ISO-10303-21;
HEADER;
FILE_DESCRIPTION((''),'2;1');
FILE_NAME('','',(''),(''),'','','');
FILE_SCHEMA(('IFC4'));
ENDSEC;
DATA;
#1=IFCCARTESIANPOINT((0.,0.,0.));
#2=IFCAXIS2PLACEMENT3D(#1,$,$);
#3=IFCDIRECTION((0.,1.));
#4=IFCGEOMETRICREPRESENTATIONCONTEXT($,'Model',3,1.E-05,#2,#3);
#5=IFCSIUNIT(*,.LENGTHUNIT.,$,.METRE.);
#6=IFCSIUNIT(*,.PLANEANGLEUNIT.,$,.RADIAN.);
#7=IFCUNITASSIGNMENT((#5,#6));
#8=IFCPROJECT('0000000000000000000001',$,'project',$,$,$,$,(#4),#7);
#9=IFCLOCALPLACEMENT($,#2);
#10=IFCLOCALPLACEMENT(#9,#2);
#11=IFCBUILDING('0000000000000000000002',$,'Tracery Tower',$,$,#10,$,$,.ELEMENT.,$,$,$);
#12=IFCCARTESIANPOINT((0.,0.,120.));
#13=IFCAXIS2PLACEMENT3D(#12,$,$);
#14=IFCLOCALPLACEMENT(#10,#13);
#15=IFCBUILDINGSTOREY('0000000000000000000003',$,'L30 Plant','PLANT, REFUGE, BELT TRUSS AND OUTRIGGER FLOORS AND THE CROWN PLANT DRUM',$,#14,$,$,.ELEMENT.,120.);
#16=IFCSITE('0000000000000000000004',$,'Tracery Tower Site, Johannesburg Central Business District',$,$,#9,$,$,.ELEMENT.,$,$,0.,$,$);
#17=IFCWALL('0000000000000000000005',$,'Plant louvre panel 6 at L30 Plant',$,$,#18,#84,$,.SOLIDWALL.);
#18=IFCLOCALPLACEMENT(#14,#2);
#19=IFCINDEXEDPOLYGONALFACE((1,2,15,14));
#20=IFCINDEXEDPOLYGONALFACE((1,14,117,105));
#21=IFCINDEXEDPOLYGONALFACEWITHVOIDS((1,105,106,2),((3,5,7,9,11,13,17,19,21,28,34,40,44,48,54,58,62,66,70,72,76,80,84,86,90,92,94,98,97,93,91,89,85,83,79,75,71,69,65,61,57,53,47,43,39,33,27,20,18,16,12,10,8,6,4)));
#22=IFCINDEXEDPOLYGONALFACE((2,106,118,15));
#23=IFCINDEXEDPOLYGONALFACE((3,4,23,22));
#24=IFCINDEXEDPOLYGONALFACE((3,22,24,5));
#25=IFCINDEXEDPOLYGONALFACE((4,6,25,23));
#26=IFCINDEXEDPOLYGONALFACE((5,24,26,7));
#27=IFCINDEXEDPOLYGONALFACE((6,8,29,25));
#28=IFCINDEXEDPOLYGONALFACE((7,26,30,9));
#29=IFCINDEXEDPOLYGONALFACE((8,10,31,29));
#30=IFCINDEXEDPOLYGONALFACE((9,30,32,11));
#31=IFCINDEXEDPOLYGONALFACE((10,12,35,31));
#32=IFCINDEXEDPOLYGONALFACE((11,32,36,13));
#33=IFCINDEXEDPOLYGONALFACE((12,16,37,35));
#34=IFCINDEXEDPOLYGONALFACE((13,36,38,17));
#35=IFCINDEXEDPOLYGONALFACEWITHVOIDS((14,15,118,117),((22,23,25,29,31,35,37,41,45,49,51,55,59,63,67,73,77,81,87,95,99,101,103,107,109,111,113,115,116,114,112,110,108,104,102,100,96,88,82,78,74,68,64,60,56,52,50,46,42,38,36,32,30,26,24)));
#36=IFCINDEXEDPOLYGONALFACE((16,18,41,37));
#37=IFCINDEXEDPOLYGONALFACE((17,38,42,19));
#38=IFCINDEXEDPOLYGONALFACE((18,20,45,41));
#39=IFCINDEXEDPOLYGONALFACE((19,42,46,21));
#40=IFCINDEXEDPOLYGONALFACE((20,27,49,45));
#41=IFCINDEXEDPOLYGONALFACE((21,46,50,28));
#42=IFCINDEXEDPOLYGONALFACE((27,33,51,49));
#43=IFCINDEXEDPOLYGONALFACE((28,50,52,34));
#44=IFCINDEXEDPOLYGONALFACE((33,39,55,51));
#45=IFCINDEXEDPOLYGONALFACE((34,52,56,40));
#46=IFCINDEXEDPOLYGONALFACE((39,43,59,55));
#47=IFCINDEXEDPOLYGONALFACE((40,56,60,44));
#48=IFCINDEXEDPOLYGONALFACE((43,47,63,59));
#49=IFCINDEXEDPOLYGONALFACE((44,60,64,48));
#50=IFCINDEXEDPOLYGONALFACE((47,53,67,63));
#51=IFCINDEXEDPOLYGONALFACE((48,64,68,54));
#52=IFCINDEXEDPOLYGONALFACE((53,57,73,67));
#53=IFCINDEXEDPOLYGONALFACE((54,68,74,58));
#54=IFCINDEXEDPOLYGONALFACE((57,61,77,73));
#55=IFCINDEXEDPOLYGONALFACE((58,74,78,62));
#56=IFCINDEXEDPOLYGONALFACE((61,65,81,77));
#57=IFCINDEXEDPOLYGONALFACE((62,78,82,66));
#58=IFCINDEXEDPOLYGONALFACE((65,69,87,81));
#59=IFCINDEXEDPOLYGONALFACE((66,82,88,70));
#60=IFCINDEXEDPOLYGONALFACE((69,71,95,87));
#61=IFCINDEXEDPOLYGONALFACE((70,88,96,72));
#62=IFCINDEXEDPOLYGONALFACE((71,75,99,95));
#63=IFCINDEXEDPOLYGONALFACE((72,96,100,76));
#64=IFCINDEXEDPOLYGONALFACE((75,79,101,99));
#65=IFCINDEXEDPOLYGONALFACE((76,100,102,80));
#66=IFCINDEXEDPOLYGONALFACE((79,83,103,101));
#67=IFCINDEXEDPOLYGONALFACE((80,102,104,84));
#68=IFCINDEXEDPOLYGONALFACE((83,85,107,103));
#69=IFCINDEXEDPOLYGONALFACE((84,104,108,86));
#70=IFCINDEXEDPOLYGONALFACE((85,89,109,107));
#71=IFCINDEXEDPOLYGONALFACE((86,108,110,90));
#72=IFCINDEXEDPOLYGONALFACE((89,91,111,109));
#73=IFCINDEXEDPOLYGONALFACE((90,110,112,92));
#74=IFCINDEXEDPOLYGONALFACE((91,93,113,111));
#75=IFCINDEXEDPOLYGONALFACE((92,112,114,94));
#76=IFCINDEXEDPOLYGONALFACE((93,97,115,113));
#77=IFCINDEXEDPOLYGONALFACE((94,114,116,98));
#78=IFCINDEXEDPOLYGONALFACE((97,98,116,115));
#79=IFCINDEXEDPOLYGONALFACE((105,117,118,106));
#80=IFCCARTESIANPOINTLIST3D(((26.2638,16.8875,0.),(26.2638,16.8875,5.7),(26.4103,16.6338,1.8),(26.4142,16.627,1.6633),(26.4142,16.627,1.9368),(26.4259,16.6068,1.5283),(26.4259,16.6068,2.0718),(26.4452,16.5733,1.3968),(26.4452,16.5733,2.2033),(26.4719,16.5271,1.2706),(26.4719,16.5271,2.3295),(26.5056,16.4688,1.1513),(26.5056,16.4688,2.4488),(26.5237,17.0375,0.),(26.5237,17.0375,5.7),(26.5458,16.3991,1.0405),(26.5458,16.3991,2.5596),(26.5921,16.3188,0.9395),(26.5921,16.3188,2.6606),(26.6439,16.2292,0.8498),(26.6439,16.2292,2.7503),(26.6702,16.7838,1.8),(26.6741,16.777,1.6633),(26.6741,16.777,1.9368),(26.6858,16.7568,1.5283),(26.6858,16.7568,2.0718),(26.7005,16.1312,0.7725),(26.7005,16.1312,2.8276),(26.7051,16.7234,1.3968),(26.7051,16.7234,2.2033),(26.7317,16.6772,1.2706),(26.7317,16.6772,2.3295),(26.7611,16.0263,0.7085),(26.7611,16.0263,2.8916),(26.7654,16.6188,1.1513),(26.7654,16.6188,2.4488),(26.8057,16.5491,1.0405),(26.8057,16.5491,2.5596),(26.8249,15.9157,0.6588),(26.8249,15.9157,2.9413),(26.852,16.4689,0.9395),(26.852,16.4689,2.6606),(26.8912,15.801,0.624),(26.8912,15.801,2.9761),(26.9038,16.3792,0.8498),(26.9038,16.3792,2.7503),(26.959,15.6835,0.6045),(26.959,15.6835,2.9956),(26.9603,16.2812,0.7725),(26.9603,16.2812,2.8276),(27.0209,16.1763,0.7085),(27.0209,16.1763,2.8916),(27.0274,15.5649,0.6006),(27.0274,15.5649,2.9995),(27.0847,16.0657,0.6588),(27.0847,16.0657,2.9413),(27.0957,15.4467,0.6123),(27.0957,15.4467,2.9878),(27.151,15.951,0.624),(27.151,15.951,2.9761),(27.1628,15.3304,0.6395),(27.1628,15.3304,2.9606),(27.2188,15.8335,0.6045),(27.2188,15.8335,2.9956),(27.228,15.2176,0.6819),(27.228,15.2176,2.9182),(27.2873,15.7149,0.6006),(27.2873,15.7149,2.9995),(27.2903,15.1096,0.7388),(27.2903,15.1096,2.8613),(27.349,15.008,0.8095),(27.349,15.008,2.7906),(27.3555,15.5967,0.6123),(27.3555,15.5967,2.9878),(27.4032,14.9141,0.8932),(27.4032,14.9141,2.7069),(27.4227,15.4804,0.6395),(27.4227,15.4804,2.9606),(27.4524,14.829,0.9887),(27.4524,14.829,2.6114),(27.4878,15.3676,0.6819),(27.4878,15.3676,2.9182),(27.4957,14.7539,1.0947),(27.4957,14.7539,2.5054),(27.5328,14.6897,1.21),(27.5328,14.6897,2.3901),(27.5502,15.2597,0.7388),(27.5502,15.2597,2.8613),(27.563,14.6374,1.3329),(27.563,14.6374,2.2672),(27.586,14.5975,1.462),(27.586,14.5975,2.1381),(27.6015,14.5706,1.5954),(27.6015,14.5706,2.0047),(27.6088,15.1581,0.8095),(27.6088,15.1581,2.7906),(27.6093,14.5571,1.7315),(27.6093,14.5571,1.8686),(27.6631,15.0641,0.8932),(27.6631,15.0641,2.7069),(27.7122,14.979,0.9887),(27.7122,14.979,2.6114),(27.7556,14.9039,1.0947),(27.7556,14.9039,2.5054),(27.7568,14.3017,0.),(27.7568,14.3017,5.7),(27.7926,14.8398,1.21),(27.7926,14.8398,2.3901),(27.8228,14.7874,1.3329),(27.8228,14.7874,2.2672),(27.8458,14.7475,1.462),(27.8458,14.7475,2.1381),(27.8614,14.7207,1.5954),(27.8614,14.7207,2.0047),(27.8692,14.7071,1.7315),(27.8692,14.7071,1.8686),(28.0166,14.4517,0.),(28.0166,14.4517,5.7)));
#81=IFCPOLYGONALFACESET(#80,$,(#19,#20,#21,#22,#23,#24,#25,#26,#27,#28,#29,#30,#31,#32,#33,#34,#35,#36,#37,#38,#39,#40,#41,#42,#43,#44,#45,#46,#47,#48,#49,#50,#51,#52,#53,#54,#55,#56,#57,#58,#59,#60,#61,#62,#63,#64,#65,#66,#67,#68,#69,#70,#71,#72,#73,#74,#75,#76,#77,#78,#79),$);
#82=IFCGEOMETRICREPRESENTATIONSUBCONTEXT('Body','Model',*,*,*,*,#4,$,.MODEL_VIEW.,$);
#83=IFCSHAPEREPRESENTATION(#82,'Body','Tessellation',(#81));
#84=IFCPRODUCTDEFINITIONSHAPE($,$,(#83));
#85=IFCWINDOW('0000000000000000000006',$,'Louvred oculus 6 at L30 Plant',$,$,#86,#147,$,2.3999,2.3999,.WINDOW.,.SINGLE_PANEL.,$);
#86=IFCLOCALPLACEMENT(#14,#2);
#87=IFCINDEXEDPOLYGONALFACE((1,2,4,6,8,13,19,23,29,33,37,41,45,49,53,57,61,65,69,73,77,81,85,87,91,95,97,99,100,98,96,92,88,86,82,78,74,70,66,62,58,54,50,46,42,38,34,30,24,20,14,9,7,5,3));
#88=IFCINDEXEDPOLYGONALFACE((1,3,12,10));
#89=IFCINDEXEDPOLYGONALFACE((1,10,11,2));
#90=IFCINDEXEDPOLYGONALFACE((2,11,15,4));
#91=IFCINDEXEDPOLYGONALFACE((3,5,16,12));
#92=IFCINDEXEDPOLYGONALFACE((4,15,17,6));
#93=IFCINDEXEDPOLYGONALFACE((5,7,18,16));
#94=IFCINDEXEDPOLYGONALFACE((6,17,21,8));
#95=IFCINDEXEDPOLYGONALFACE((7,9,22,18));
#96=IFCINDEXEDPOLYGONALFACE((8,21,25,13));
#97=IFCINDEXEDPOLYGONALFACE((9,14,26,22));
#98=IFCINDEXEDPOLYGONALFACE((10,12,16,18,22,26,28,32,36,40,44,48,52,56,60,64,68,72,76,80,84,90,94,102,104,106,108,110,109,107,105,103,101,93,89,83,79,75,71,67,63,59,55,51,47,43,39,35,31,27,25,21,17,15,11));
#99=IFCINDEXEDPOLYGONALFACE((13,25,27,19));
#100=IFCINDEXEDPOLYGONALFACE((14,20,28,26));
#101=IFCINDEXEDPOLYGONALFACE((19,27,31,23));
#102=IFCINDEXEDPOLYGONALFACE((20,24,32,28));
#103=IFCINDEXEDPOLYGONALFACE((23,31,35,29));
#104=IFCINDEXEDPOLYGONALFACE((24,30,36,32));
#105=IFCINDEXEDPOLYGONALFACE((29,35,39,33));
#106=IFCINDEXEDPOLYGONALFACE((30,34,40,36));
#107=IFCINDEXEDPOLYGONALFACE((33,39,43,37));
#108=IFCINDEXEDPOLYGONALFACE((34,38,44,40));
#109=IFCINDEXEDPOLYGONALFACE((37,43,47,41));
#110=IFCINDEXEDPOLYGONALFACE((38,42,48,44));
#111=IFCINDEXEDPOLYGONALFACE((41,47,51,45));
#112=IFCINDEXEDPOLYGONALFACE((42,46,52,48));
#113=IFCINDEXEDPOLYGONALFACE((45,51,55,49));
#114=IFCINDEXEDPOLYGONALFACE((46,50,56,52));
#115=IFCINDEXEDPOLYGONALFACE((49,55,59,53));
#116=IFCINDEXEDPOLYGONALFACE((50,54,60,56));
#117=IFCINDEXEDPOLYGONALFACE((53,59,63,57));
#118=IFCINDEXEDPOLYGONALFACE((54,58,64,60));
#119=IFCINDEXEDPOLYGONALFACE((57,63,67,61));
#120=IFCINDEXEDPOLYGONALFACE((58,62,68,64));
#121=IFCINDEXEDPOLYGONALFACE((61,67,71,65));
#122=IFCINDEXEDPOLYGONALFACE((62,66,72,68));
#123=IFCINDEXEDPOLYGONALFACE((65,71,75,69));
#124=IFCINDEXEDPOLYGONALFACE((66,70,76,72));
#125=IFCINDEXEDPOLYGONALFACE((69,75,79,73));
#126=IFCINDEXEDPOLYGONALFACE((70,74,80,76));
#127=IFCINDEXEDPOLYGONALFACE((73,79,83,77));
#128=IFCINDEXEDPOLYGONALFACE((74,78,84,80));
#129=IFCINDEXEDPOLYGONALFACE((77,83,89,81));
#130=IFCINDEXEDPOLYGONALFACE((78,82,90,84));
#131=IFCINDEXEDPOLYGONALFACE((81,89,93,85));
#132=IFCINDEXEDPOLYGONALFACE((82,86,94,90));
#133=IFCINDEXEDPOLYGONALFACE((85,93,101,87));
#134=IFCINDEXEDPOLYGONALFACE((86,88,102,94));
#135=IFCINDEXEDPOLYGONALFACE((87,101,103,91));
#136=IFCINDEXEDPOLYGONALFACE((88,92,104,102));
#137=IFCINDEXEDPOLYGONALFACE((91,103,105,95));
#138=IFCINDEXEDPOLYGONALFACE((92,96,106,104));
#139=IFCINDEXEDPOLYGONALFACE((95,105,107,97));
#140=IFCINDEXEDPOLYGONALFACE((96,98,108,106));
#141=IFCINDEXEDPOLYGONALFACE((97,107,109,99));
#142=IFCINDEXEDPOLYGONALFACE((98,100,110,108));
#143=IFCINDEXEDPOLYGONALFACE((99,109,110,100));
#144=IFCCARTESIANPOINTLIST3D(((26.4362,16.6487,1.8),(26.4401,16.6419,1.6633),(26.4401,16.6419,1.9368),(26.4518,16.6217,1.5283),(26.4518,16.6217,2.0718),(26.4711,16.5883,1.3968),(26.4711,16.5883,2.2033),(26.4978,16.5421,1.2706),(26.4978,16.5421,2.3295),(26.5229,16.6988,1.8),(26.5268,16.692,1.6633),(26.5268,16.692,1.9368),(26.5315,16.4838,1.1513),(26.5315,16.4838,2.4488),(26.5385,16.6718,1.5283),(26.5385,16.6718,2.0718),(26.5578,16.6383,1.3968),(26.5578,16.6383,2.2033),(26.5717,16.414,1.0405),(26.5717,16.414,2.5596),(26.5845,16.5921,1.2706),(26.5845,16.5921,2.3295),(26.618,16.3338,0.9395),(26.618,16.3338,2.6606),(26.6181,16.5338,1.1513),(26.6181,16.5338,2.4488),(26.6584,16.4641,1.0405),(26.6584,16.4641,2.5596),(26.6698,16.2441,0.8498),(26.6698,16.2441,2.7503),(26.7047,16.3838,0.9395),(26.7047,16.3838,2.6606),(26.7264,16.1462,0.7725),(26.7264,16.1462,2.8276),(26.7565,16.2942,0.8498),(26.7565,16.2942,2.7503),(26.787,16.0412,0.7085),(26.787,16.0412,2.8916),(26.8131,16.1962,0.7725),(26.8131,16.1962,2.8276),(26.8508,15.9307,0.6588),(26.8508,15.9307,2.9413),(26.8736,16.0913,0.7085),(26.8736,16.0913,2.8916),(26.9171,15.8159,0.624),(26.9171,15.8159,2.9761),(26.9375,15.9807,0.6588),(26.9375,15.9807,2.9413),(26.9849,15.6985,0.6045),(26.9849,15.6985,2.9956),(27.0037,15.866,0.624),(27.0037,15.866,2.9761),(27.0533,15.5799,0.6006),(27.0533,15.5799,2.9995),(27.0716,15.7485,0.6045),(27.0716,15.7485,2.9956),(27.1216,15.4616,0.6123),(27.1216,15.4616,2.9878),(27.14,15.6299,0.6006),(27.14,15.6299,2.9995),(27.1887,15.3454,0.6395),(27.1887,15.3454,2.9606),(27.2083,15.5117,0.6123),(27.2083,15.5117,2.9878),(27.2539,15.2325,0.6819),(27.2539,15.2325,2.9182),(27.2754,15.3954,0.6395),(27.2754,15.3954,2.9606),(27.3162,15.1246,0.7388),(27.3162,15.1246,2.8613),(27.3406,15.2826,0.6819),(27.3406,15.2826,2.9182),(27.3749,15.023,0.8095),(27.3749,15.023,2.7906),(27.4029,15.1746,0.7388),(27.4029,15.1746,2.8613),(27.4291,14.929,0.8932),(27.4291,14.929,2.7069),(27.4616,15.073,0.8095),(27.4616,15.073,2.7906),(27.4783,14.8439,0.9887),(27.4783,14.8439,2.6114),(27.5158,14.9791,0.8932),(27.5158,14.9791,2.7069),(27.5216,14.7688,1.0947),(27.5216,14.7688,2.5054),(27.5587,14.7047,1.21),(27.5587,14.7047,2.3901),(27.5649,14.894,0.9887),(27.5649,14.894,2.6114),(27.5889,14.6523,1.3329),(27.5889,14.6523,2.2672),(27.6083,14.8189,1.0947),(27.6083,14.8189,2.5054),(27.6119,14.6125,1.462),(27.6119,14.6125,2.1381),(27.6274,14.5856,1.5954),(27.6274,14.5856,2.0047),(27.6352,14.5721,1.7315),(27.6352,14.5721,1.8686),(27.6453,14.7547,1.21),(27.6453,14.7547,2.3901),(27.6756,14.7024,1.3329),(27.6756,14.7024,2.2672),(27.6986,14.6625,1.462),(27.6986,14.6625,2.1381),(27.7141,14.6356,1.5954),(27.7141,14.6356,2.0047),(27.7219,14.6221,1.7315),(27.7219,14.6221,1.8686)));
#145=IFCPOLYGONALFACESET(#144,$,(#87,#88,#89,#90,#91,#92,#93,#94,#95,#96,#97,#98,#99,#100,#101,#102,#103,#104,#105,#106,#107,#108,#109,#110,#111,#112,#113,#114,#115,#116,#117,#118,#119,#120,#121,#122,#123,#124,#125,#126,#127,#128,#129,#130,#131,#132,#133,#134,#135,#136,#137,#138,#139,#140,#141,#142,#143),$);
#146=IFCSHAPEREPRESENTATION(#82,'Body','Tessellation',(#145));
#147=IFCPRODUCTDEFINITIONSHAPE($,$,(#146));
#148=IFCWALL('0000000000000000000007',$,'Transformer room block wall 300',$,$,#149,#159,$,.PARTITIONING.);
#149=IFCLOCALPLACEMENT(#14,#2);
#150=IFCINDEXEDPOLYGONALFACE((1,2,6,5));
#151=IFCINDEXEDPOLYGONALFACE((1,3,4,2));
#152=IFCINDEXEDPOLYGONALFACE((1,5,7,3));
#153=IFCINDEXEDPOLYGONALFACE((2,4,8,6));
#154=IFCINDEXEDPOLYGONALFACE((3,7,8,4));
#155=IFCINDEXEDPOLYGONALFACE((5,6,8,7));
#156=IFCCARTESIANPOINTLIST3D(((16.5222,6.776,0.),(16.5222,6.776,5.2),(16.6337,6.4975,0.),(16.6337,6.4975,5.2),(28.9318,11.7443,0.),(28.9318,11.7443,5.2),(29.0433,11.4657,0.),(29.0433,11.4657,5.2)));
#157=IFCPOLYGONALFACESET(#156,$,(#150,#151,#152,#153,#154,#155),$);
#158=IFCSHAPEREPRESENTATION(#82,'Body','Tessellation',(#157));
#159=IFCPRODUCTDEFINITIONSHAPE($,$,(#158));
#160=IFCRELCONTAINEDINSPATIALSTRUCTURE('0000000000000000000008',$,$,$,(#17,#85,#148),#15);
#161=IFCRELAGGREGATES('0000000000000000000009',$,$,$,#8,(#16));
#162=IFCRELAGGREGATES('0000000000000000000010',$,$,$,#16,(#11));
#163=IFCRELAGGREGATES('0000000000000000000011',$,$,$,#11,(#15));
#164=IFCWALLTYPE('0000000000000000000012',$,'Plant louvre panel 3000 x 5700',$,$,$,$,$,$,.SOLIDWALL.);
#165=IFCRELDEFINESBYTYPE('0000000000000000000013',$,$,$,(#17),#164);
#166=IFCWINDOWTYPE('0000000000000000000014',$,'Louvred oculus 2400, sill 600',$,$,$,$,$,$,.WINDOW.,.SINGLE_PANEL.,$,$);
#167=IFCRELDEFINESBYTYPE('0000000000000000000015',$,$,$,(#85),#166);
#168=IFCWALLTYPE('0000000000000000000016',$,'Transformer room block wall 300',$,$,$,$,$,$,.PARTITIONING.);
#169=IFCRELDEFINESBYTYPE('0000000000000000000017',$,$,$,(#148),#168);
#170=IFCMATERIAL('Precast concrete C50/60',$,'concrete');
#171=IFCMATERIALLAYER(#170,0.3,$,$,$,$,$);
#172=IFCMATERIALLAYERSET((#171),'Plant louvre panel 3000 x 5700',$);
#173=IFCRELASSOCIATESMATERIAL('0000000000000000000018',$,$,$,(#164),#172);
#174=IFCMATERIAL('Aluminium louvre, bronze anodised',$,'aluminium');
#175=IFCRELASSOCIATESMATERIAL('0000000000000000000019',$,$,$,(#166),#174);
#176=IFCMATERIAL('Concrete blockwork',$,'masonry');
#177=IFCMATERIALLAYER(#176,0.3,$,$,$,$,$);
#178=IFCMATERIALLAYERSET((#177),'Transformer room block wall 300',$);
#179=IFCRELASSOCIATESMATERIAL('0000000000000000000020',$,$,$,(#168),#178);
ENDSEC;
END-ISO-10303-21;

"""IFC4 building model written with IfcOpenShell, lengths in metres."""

from ifc_helpers import new_model, si_unit, direction, frame, frame_2d, origin, origin_2d, place, context, subcontext, project, spatial, rectangle, circle, extrude, material, layer, layer_set, type_object, element, fill, save


model = new_model("IFC4")

# Units and contexts
model_context = context("Model", 3, precision=1e-05, world=origin(), true_north=direction((0.0, 1.0)))
body_context = subcontext(model_context, "Body", "Model", "MODEL_VIEW")
ifc_project = project(units=[si_unit("LENGTHUNIT", "METRE"), si_unit("PLANEANGLEUNIT", "RADIAN")], contexts=[model_context])

# Site, building, storey
site_placement = place(None, origin())
site = spatial("IfcSite", under=ifc_project, at=site_placement, Name="Tracery Tower Site, Johannesburg Central Business District", CompositionType="ELEMENT", RefElevation=0.0)
building_placement = place(site_placement, origin())
building = spatial("IfcBuilding", under=site, at=building_placement, Name="Tracery Tower", CompositionType="ELEMENT")
storey_placement = place(building_placement, frame((0.0, 0.0, 120.0)))
storey = spatial("IfcBuildingStorey", under=building, at=storey_placement, Name="L30 Plant", Description="PLANT, REFUGE, BELT TRUSS AND OUTRIGGER FLOORS AND THE CROWN PLANT DRUM", CompositionType="ELEMENT", Elevation=120.0)

# Wall, opening, window
ifc_material_1 = material(Name="Precast concrete C50/60", Category="concrete")
ifc_layer_1 = layer(ifc_material_1, 0.3)
ifc_layer_set_1 = layer_set([ifc_layer_1], Name="Plant louvre panel 3000 x 5700")
wall_type_1 = type_object("IfcWallType", Name="Plant louvre panel 3000 x 5700", PredefinedType="SOLIDWALL", material=ifc_layer_set_1)
ifc_material_2 = material(Name="Aluminium louvre, bronze anodised", Category="aluminium")
window_type = type_object("IfcWindowType", Name="Louvred oculus 2400, sill 600", PartitioningType="SINGLE_PANEL", PredefinedType="WINDOW", material=ifc_material_2)
wall_1_placement = place(storey_placement, frame((27.8867, 14.3767, 0.0), z_axis=(0.0, 0.0, 1.0), x_axis=(-0.500017, 0.866015, 0.0)))
wall_1 = element("IfcWall", 1, at=wall_1_placement, inside=storey, type_object=wall_type_1, Name="Plant louvre panel 6 at L30 Plant", PredefinedType="SOLIDWALL", context=body_context, shape_type="SweptSolid", body=[
    extrude(rectangle(XDim=2.9858, YDim=0.3, at=frame_2d((1.4929, 0.0))), origin(), (0.0, 0.0, 1.0), 5.7),
])
opening_1_placement = place(wall_1_placement, frame((1.4929, 0.0, 1.8)))
opening_1 = element("IfcOpeningElement", 2, at=opening_1_placement, cuts=wall_1, PredefinedType="OPENING", context=body_context, shape_type="SweptSolid", body=[
    extrude(circle(Radius=1.2, at=origin_2d()), frame((0.0, 0.1599, 0.0), z_axis=(0.0, -1.0, 0.0), x_axis=(1.0, 0.0, 0.0)), (0.0, 0.0, 1.0), 0.3201),
])
window_1_placement = place(opening_1_placement, origin())
window_1 = element("IfcWindow", 3, at=window_1_placement, inside=storey, type_object=window_type, Name="Louvred oculus 6 at L30 Plant", OverallHeight=2.3999, OverallWidth=2.3999, PartitioningType="SINGLE_PANEL", PredefinedType="WINDOW", context=body_context, shape_type="SweptSolid", body=[
    extrude(circle(Radius=1.2, at=origin_2d()), frame((0.0, 0.1201, 0.0), z_axis=(0.0, -1.0, 0.0), x_axis=(1.0, 0.0, 0.0)), (0.0, 0.0, 1.0), 0.1001),
])
fill(opening_1, window_1)

# Wall
ifc_material_3 = material(Name="Concrete blockwork", Category="masonry")
ifc_layer_2 = layer(ifc_material_3, 0.3)
ifc_layer_set_2 = layer_set([ifc_layer_2], Name="Transformer room block wall 300")
wall_type_2 = type_object("IfcWallType", Name="Transformer room block wall 300", PredefinedType="PARTITIONING", material=ifc_layer_set_2)
wall_2_placement = place(storey_placement, frame((28.9875, 11.605, 0.0), z_axis=(0.0, 0.0, 1.0), x_axis=(-0.928363, -0.371674, 0.0)))
element("IfcWall", 4, at=wall_2_placement, inside=storey, type_object=wall_type_2, Name="Transformer room block wall 300", PredefinedType="PARTITIONING", context=body_context, shape_type="SweptSolid", body=[
    extrude(rectangle(XDim=13.3672, YDim=0.3, at=frame_2d((6.6836, 0.0))), origin(), (0.0, 0.0, 1.0), 5.2),
])

save(model, "model.ifc")
